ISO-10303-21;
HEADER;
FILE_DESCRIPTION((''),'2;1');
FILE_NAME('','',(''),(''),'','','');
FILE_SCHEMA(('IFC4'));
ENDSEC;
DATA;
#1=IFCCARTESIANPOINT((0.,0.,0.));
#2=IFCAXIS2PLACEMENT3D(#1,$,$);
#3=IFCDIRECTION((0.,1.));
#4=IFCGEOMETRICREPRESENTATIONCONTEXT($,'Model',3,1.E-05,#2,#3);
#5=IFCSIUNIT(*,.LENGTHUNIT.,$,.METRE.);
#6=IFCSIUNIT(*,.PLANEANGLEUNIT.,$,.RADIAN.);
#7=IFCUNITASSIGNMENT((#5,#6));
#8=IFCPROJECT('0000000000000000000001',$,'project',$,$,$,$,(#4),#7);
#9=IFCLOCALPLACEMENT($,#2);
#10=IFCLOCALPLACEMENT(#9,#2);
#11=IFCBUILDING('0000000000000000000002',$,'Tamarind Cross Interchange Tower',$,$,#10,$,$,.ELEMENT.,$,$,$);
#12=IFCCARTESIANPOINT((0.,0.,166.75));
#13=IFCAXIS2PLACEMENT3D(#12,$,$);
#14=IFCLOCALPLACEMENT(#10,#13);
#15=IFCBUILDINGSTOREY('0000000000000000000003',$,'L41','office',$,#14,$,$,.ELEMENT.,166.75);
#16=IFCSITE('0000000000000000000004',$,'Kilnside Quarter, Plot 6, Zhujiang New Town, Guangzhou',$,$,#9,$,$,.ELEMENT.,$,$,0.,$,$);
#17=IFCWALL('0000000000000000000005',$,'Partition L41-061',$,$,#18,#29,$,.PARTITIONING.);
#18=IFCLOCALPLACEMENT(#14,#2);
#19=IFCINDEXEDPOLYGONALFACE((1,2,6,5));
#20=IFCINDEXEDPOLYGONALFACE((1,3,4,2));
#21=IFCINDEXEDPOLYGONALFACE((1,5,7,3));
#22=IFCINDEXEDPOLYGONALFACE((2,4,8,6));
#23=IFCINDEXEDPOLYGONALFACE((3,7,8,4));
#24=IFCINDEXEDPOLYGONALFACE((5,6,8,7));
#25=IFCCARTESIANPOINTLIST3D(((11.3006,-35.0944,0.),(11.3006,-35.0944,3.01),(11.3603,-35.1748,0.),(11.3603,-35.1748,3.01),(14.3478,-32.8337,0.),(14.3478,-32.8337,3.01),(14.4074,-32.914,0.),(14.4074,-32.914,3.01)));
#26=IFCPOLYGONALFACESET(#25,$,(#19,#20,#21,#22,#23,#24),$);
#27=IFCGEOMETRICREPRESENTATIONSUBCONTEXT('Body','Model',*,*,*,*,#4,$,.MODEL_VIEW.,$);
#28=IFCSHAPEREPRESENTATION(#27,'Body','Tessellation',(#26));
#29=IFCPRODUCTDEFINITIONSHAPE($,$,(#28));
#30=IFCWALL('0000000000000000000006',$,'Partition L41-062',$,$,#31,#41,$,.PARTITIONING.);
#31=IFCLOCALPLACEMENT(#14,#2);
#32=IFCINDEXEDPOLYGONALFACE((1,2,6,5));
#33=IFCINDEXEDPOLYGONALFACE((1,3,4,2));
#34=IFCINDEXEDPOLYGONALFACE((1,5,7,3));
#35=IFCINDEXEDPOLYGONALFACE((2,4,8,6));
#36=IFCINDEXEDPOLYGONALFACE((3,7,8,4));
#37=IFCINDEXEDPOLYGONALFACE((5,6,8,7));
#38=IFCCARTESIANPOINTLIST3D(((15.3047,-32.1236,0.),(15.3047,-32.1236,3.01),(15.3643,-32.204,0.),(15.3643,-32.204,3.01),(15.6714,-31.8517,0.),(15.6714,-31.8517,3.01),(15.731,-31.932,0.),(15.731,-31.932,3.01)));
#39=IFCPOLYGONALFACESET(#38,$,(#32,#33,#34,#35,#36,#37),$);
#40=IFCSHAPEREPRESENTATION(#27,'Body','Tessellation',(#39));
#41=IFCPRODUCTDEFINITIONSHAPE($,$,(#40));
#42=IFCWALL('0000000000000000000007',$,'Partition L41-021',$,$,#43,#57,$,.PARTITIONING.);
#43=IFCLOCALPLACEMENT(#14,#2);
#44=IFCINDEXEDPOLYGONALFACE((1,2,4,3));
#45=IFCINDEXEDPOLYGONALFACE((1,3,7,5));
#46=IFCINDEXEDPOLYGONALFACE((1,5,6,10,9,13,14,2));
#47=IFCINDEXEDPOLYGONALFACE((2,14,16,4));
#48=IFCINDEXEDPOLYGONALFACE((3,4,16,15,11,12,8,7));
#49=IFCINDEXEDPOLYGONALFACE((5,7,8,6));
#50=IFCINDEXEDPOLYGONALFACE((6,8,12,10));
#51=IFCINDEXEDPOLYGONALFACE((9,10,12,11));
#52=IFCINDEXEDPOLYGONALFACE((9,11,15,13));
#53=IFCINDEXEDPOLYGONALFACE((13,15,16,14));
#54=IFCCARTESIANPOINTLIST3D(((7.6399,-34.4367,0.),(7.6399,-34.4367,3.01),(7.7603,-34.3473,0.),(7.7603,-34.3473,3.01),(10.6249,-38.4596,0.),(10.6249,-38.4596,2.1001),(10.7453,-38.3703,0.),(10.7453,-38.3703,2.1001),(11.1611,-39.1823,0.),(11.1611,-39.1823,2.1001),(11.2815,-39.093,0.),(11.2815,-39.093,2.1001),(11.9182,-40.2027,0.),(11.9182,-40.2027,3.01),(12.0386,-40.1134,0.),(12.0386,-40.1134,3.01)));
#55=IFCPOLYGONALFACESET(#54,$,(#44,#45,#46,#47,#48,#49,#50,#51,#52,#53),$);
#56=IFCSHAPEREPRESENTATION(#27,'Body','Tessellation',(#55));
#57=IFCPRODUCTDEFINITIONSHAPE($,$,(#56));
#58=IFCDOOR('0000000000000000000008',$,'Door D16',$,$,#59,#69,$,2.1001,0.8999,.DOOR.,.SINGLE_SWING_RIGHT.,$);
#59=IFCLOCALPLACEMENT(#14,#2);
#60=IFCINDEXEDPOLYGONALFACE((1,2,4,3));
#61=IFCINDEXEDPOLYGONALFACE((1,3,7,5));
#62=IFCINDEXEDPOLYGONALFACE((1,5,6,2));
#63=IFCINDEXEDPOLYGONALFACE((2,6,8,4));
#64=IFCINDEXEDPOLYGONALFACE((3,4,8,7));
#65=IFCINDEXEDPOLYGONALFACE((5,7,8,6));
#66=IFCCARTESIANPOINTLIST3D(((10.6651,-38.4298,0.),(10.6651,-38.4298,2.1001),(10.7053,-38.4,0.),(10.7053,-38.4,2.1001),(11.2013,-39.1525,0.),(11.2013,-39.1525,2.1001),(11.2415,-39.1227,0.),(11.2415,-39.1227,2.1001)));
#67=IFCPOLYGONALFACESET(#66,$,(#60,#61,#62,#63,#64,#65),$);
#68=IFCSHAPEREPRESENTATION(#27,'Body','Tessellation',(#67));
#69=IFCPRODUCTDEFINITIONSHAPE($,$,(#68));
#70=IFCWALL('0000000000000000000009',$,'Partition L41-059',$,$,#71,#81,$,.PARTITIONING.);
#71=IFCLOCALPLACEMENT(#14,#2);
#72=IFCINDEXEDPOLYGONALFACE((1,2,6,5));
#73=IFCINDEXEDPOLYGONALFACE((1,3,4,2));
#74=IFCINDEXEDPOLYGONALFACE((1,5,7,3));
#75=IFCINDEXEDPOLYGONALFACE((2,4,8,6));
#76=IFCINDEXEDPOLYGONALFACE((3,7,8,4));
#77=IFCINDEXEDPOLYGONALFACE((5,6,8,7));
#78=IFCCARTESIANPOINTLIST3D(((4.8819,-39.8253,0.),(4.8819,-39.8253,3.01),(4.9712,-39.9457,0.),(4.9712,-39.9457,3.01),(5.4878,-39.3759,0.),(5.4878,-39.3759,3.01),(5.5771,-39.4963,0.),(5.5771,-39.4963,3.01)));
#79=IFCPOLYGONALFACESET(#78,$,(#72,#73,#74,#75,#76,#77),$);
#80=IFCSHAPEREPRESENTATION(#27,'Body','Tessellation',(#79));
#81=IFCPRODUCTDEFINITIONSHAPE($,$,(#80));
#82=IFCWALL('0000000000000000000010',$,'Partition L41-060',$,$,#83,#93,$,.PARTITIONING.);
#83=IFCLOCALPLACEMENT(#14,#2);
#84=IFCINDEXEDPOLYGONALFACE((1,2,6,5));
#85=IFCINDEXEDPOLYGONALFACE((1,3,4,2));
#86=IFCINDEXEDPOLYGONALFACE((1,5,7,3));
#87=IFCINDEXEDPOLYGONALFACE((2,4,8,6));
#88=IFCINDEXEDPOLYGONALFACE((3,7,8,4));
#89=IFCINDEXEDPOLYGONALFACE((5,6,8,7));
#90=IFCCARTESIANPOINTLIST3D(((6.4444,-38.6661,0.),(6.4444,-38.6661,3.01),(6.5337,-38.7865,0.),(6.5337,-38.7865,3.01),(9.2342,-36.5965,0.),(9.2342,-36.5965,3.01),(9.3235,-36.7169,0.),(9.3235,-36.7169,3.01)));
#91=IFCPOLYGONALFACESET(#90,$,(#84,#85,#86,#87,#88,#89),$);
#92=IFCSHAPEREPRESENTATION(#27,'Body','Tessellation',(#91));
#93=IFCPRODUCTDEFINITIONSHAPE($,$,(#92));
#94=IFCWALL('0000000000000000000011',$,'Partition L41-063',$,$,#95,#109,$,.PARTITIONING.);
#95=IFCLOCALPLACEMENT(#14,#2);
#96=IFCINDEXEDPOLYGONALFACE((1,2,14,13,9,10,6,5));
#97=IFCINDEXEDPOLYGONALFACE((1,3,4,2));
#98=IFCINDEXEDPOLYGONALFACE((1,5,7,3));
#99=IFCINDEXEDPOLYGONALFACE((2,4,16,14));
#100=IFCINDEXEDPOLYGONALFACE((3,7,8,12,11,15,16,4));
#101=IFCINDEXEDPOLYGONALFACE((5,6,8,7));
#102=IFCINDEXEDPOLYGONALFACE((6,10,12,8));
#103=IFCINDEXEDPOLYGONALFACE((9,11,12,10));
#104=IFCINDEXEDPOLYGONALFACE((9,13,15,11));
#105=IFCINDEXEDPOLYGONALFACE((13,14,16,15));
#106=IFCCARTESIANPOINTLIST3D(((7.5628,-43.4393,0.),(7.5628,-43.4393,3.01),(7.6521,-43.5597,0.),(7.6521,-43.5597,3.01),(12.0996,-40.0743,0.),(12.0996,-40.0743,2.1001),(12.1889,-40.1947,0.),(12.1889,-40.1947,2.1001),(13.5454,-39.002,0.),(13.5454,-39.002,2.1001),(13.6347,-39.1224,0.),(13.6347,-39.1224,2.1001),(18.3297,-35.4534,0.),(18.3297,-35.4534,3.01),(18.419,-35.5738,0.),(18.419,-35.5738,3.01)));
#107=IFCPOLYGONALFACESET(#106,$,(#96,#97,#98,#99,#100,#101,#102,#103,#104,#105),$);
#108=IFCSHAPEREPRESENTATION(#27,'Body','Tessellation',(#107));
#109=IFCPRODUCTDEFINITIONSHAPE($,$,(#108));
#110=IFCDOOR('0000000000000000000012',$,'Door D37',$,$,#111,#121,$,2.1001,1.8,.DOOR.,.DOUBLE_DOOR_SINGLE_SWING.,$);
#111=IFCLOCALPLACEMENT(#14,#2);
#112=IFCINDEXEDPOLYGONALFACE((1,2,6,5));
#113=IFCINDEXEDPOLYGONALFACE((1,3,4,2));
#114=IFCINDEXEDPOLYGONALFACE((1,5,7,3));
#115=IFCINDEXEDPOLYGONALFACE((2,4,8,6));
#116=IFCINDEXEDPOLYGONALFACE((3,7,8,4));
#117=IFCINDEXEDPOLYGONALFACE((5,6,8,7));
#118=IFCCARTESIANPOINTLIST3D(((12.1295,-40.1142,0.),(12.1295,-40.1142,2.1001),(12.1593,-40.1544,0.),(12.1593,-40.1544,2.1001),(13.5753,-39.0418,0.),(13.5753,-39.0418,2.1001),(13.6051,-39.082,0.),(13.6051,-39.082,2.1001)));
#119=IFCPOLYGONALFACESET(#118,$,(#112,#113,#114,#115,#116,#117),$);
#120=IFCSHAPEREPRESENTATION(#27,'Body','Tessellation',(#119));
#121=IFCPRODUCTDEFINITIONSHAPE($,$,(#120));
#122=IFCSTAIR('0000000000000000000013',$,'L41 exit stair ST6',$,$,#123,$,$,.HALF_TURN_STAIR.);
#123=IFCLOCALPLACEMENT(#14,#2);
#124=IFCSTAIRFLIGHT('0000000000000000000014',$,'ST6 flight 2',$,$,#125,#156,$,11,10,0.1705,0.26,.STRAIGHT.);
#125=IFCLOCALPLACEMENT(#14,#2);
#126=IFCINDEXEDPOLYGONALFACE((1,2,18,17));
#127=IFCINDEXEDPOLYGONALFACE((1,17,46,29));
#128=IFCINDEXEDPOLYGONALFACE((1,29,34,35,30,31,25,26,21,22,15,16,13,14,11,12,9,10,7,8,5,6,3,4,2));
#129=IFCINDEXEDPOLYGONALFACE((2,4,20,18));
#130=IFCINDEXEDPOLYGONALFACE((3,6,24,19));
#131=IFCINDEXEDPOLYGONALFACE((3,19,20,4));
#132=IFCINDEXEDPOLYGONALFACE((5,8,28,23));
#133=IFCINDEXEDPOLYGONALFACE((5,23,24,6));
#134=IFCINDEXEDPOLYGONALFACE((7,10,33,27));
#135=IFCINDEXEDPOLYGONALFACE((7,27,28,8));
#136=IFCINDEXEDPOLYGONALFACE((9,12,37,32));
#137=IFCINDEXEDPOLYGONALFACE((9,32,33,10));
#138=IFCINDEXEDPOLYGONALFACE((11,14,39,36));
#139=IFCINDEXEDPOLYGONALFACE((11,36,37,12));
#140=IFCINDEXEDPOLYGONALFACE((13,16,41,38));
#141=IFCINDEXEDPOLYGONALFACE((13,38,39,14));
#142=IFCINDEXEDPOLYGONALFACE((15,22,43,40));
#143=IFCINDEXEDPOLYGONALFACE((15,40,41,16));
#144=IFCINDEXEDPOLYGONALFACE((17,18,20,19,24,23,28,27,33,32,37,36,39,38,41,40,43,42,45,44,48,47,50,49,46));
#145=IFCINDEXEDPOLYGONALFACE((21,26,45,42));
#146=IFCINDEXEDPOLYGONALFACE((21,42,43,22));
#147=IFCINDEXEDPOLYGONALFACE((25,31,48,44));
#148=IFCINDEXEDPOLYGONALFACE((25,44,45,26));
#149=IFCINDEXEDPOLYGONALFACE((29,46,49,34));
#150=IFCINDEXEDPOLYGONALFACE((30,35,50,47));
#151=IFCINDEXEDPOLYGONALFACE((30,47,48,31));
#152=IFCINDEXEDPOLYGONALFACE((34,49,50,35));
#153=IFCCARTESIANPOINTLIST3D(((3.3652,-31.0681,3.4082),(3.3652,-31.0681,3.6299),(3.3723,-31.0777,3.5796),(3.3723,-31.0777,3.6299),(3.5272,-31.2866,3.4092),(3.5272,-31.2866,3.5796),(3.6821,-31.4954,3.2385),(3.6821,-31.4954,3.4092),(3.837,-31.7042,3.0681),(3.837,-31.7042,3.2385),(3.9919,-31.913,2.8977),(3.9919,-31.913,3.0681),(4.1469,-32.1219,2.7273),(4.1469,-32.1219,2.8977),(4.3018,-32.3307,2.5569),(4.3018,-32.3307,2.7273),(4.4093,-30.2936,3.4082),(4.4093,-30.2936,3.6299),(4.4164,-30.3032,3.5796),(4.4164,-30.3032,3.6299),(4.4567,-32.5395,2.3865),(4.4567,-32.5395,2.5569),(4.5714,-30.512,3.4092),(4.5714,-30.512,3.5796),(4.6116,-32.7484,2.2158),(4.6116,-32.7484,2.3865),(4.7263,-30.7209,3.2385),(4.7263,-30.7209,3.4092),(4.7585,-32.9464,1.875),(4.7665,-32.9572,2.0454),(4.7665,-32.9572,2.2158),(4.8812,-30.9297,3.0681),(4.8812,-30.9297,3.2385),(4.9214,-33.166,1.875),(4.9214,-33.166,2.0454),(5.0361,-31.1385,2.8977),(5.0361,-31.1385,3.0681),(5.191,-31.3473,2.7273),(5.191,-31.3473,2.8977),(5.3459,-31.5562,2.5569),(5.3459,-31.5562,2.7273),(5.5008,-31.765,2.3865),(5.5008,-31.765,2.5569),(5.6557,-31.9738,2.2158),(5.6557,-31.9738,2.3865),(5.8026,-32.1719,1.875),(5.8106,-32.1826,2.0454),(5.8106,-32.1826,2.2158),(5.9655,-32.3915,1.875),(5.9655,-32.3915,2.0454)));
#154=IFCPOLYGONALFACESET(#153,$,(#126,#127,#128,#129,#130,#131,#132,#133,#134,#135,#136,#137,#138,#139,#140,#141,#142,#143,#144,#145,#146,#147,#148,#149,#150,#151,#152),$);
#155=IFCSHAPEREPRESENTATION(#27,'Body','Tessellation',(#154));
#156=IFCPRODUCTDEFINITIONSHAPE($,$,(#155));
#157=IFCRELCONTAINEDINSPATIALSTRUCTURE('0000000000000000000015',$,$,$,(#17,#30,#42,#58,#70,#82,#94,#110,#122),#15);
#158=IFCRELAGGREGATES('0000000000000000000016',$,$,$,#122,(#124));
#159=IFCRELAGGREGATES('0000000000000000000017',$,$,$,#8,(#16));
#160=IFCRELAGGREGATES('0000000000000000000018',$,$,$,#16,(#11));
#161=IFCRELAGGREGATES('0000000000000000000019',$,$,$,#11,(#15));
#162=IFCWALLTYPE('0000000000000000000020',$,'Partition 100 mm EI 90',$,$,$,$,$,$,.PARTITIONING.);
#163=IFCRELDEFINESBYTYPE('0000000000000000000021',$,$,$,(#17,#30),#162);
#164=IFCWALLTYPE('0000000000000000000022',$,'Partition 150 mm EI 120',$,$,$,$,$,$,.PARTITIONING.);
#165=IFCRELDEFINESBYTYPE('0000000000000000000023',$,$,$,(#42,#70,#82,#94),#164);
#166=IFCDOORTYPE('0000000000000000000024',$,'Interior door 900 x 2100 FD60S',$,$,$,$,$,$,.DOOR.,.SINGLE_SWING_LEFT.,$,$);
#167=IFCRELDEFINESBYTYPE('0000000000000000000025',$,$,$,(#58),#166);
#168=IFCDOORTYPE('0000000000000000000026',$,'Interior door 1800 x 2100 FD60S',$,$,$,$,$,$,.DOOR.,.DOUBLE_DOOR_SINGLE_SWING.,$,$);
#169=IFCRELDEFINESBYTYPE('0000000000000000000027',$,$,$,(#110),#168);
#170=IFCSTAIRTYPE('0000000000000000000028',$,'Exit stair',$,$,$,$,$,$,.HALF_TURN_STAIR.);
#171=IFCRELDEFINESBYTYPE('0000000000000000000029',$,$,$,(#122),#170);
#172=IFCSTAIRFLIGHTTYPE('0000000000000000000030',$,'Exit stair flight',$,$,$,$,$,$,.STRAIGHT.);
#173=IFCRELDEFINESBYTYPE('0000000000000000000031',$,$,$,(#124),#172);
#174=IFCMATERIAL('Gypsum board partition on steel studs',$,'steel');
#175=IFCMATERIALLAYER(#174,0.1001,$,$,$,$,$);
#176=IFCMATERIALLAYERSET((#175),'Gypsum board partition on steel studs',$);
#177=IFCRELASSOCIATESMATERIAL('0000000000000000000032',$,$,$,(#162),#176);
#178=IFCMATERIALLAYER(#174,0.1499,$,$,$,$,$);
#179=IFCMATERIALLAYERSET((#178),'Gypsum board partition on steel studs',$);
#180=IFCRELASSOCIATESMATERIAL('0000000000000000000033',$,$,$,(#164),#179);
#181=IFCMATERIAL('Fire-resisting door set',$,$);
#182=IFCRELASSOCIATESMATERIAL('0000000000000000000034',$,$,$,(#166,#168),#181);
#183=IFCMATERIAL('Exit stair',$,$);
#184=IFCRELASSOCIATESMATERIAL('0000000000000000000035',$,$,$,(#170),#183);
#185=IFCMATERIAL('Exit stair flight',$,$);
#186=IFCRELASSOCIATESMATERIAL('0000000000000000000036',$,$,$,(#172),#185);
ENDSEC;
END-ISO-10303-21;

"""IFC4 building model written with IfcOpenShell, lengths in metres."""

from ifc_helpers import new_model, si_unit, direction, frame, frame_2d, origin, place, context, subcontext, project, spatial, polyline, rectangle, outline, extrude, material, layer, layer_set, type_object, element, fill, aggregate, save


model = new_model("IFC4")

# Units and contexts
model_context = context("Model", 3, precision=1e-05, world=origin(), true_north=direction((0.0, 1.0)))
body_context = subcontext(model_context, "Body", "Model", "MODEL_VIEW")
ifc_project = project(units=[si_unit("LENGTHUNIT", "METRE"), si_unit("PLANEANGLEUNIT", "RADIAN")], contexts=[model_context])

# Site, building, storey
site_placement = place(None, origin())
site = spatial("IfcSite", under=ifc_project, at=site_placement, Name="Kilnside Quarter, Plot 6, Zhujiang New Town, Guangzhou", CompositionType="ELEMENT", RefElevation=0.0)
building_placement = place(site_placement, origin())
building = spatial("IfcBuilding", under=site, at=building_placement, Name="Tamarind Cross Interchange Tower", CompositionType="ELEMENT")
storey_placement = place(building_placement, frame((0.0, 0.0, 166.75)))
storey = spatial("IfcBuildingStorey", under=building, at=storey_placement, Name="L41", Description="office", CompositionType="ELEMENT", Elevation=166.75)

# Walls
ifc_material_1 = material(Name="Gypsum board partition on steel studs", Category="steel")
ifc_layer_1 = layer(ifc_material_1, 0.1001)
ifc_layer_set_1 = layer_set([ifc_layer_1], Name="Gypsum board partition on steel studs")
wall_type_1 = type_object("IfcWallType", Name="Partition 100 mm EI 90", PredefinedType="PARTITIONING", material=ifc_layer_set_1)
wall_1_placement = place(storey_placement, frame((11.3306, -35.1345, 0.0), z_axis=(0.0, 0.0, 1.0), x_axis=(0.803101, 0.595843, 0.0)))
element("IfcWall", 1, at=wall_1_placement, inside=storey, type_object=wall_type_1, Name="Partition L41-061", PredefinedType="PARTITIONING", context=body_context, shape_type="SweptSolid", body=[
    extrude(rectangle(XDim=3.7942, YDim=0.1001, at=frame_2d((1.897, 0.0))), origin(), (0.0, 0.0, 1.0), 3.01),
])
wall_2_placement = place(storey_placement, frame((15.3345, -32.1638, 0.0), z_axis=(0.0, 0.0, 1.0), x_axis=(0.803197, 0.595713, 0.0)))
element("IfcWall", 2, at=wall_2_placement, inside=storey, type_object=wall_type_1, Name="Partition L41-062", PredefinedType="PARTITIONING", context=body_context, shape_type="SweptSolid", body=[
    extrude(rectangle(XDim=0.4565, YDim=0.1001, at=frame_2d((0.2283, 0.0))), origin(), (0.0, 0.0, 1.0), 3.01),
])

# Wall, opening, door
ifc_layer_2 = layer(ifc_material_1, 0.1499)
ifc_layer_set_2 = layer_set([ifc_layer_2], Name="Gypsum board partition on steel studs")
wall_type_2 = type_object("IfcWallType", Name="Partition 150 mm EI 120", PredefinedType="PARTITIONING", material=ifc_layer_set_2)
wall_3_placement = place(storey_placement, frame((7.7002, -34.3921, 0.0), z_axis=(0.0, 0.0, 1.0), x_axis=(0.595868, -0.803082, 0.0)))
wall_3 = element("IfcWall", 3, at=wall_3_placement, inside=storey, type_object=wall_type_2, Name="Partition L41-021", PredefinedType="PARTITIONING", context=body_context, shape_type="SweptSolid", body=[
    extrude(rectangle(XDim=7.1799, YDim=0.1499, at=frame_2d((3.5898, 0.0))), origin(), (0.0, 0.0, 1.0), 3.01),
])
opening_1_placement = place(wall_3_placement, frame((5.0093, 0.0, 0.0)))
opening_1 = element("IfcOpeningElement", 4, at=opening_1_placement, cuts=wall_3, PredefinedType="OPENING", context=body_context, shape_type="SweptSolid", body=[
    extrude(rectangle(XDim=0.8999, YDim=2.1001, at=frame_2d((0.45, 1.05))), frame((0.0, 0.085, 0.0), z_axis=(0.0, -1.0, 0.0), x_axis=(1.0, 0.0, 0.0)), (0.0, 0.0, 1.0), 0.1699),
])
ifc_material_2 = material(Name="Fire-resisting door set")
door_type_1 = type_object("IfcDoorType", Name="Interior door 900 x 2100 FD60S", OperationType="SINGLE_SWING_LEFT", PredefinedType="DOOR", material=ifc_material_2)
door_1_placement = place(opening_1_placement, frame((0.8999, 0.0, 0.0), z_axis=(0.0, 0.0, 1.0), x_axis=(-1.0, 0.0, 0.0)))
door_1 = element("IfcDoor", 5, at=door_1_placement, inside=storey, type_object=door_type_1, Name="Door D16", OperationType="SINGLE_SWING_RIGHT", OverallHeight=2.1001, OverallWidth=0.8999, PredefinedType="DOOR", context=body_context, shape_type="SweptSolid", body=[
    extrude(rectangle(XDim=0.8999, YDim=2.1001, at=frame_2d((0.45, 1.05))), frame((0.0, 0.0249, 0.0), z_axis=(0.0, -1.0, 0.0), x_axis=(1.0, 0.0, 0.0)), (0.0, 0.0, 1.0), 0.05),
])
fill(opening_1, door_1)

# Walls
wall_4_placement = place(storey_placement, frame((4.9265, -39.8855, 0.0), z_axis=(0.0, 0.0, 1.0), x_axis=(0.803173, 0.595746, 0.0)))
element("IfcWall", 6, at=wall_4_placement, inside=storey, type_object=wall_type_2, Name="Partition L41-059", PredefinedType="PARTITIONING", context=body_context, shape_type="SweptSolid", body=[
    extrude(rectangle(XDim=0.7544, YDim=0.1499, at=frame_2d((0.3772, 0.0))), origin(), (0.0, 0.0, 1.0), 3.01),
])
wall_5_placement = place(storey_placement, frame((6.489, -38.7263, 0.0), z_axis=(0.0, 0.0, 1.0), x_axis=(0.803135, 0.595797, 0.0)))
element("IfcWall", 7, at=wall_5_placement, inside=storey, type_object=wall_type_2, Name="Partition L41-060", PredefinedType="PARTITIONING", context=body_context, shape_type="SweptSolid", body=[
    extrude(rectangle(XDim=3.4736, YDim=0.1499, at=frame_2d((1.7368, 0.0))), origin(), (0.0, 0.0, 1.0), 3.01),
])

# Wall, opening, door
wall_6_placement = place(storey_placement, frame((7.6074, -43.4995, 0.0), z_axis=(0.0, 0.0, 1.0), x_axis=(0.803186, 0.595728, 0.0)))
wall_6 = element("IfcWall", 8, at=wall_6_placement, inside=storey, type_object=wall_type_2, Name="Partition L41-063", PredefinedType="PARTITIONING", context=body_context, shape_type="SweptSolid", body=[
    extrude(rectangle(XDim=13.4053, YDim=0.1499, at=frame_2d((6.7026, 0.0))), origin(), (0.0, 0.0, 1.0), 3.01),
])
opening_2_placement = place(wall_6_placement, frame((5.6487, 0.0, 0.0)))
opening_2 = element("IfcOpeningElement", 9, at=opening_2_placement, cuts=wall_6, PredefinedType="OPENING", context=body_context, shape_type="SweptSolid", body=[
    extrude(rectangle(XDim=1.8, YDim=2.1001, at=frame_2d((0.8999, 1.05))), frame((0.0, 0.085, 0.0), z_axis=(0.0, -1.0, 0.0), x_axis=(1.0, 0.0, 0.0)), (0.0, 0.0, 1.0), 0.1699),
])
door_type_2 = type_object("IfcDoorType", Name="Interior door 1800 x 2100 FD60S", OperationType="DOUBLE_DOOR_SINGLE_SWING", PredefinedType="DOOR", material=ifc_material_2)
door_2_placement = place(opening_2_placement, frame((1.8, 0.0, 0.0), z_axis=(0.0, 0.0, 1.0), x_axis=(-1.0, 0.0, 0.0)))
door_2 = element("IfcDoor", 10, at=door_2_placement, inside=storey, type_object=door_type_2, Name="Door D37", OperationType="DOUBLE_DOOR_SINGLE_SWING", OverallHeight=2.1001, OverallWidth=1.8, PredefinedType="DOOR", context=body_context, shape_type="SweptSolid", body=[
    extrude(rectangle(XDim=1.8, YDim=2.1001, at=frame_2d((0.8999, 1.05))), frame((0.0, 0.0249, 0.0), z_axis=(0.0, -1.0, 0.0), x_axis=(1.0, 0.0, 0.0)), (0.0, 0.0, 1.0), 0.05),
])
fill(opening_2, door_2)

# Stair, stair flight
ifc_material_3 = material(Name="Exit stair")
stair_type = type_object("IfcStairType", Name="Exit stair", PredefinedType="HALF_TURN_STAIR", material=ifc_material_3)
stair_placement = place(storey_placement, origin())
stair = element("IfcStair", 11, at=stair_placement, inside=storey, type_object=stair_type, Name="L41 exit stair ST6", PredefinedType="HALF_TURN_STAIR")
ifc_material_4 = material(Name="Exit stair flight")
stair_flight_type = type_object("IfcStairFlightType", Name="Exit stair flight", PredefinedType="STRAIGHT", material=ifc_material_4)
stair_flight_placement = place(storey_placement, frame((5.4434, -32.7788, 1.875), z_axis=(0.0, 0.0, 1.0), x_axis=(-0.595776, 0.80315, 0.0)))
stair_flight = element("IfcStairFlight", 12, at=stair_flight_placement, type_object=stair_flight_type, Name="ST6 flight 2", NumberOfRisers=11, NumberOfTreads=10, PredefinedType="STRAIGHT", RiserHeight=0.1705, TreadLength=0.26, context=body_context, shape_type="SweptSolid", body=[
    extrude(outline(polyline([(0.0, 0.0), (0.0, 0.1704), (0.26, 0.1704), (0.26, 0.3408), (0.52, 0.3408), (0.52, 0.5115), (0.78, 0.5115), (0.78, 0.6819), (1.04, 0.6819), (1.04, 0.8523), (1.3, 0.8523), (1.3, 1.0227), (1.5601, 1.0227), (1.5601, 1.1931), (1.8201, 1.1931), (1.8201, 1.3635), (2.0801, 1.3635), (2.0801, 1.5342), (2.3401, 1.5342), (2.3401, 1.7046), (2.6001, 1.7046), (2.6001, 1.7549), (2.6121, 1.7549), (2.6121, 1.5332), (0.2734, 0.0), (0.0, 0.0)])), frame((0.0, 0.6499, 0.0), z_axis=(0.0, -1.0, 0.0), x_axis=(1.0, 0.0, 0.0)), (0.0, 0.0, 1.0), 1.3),
])
aggregate(stair, [stair_flight])

save(model, "model.ifc")
